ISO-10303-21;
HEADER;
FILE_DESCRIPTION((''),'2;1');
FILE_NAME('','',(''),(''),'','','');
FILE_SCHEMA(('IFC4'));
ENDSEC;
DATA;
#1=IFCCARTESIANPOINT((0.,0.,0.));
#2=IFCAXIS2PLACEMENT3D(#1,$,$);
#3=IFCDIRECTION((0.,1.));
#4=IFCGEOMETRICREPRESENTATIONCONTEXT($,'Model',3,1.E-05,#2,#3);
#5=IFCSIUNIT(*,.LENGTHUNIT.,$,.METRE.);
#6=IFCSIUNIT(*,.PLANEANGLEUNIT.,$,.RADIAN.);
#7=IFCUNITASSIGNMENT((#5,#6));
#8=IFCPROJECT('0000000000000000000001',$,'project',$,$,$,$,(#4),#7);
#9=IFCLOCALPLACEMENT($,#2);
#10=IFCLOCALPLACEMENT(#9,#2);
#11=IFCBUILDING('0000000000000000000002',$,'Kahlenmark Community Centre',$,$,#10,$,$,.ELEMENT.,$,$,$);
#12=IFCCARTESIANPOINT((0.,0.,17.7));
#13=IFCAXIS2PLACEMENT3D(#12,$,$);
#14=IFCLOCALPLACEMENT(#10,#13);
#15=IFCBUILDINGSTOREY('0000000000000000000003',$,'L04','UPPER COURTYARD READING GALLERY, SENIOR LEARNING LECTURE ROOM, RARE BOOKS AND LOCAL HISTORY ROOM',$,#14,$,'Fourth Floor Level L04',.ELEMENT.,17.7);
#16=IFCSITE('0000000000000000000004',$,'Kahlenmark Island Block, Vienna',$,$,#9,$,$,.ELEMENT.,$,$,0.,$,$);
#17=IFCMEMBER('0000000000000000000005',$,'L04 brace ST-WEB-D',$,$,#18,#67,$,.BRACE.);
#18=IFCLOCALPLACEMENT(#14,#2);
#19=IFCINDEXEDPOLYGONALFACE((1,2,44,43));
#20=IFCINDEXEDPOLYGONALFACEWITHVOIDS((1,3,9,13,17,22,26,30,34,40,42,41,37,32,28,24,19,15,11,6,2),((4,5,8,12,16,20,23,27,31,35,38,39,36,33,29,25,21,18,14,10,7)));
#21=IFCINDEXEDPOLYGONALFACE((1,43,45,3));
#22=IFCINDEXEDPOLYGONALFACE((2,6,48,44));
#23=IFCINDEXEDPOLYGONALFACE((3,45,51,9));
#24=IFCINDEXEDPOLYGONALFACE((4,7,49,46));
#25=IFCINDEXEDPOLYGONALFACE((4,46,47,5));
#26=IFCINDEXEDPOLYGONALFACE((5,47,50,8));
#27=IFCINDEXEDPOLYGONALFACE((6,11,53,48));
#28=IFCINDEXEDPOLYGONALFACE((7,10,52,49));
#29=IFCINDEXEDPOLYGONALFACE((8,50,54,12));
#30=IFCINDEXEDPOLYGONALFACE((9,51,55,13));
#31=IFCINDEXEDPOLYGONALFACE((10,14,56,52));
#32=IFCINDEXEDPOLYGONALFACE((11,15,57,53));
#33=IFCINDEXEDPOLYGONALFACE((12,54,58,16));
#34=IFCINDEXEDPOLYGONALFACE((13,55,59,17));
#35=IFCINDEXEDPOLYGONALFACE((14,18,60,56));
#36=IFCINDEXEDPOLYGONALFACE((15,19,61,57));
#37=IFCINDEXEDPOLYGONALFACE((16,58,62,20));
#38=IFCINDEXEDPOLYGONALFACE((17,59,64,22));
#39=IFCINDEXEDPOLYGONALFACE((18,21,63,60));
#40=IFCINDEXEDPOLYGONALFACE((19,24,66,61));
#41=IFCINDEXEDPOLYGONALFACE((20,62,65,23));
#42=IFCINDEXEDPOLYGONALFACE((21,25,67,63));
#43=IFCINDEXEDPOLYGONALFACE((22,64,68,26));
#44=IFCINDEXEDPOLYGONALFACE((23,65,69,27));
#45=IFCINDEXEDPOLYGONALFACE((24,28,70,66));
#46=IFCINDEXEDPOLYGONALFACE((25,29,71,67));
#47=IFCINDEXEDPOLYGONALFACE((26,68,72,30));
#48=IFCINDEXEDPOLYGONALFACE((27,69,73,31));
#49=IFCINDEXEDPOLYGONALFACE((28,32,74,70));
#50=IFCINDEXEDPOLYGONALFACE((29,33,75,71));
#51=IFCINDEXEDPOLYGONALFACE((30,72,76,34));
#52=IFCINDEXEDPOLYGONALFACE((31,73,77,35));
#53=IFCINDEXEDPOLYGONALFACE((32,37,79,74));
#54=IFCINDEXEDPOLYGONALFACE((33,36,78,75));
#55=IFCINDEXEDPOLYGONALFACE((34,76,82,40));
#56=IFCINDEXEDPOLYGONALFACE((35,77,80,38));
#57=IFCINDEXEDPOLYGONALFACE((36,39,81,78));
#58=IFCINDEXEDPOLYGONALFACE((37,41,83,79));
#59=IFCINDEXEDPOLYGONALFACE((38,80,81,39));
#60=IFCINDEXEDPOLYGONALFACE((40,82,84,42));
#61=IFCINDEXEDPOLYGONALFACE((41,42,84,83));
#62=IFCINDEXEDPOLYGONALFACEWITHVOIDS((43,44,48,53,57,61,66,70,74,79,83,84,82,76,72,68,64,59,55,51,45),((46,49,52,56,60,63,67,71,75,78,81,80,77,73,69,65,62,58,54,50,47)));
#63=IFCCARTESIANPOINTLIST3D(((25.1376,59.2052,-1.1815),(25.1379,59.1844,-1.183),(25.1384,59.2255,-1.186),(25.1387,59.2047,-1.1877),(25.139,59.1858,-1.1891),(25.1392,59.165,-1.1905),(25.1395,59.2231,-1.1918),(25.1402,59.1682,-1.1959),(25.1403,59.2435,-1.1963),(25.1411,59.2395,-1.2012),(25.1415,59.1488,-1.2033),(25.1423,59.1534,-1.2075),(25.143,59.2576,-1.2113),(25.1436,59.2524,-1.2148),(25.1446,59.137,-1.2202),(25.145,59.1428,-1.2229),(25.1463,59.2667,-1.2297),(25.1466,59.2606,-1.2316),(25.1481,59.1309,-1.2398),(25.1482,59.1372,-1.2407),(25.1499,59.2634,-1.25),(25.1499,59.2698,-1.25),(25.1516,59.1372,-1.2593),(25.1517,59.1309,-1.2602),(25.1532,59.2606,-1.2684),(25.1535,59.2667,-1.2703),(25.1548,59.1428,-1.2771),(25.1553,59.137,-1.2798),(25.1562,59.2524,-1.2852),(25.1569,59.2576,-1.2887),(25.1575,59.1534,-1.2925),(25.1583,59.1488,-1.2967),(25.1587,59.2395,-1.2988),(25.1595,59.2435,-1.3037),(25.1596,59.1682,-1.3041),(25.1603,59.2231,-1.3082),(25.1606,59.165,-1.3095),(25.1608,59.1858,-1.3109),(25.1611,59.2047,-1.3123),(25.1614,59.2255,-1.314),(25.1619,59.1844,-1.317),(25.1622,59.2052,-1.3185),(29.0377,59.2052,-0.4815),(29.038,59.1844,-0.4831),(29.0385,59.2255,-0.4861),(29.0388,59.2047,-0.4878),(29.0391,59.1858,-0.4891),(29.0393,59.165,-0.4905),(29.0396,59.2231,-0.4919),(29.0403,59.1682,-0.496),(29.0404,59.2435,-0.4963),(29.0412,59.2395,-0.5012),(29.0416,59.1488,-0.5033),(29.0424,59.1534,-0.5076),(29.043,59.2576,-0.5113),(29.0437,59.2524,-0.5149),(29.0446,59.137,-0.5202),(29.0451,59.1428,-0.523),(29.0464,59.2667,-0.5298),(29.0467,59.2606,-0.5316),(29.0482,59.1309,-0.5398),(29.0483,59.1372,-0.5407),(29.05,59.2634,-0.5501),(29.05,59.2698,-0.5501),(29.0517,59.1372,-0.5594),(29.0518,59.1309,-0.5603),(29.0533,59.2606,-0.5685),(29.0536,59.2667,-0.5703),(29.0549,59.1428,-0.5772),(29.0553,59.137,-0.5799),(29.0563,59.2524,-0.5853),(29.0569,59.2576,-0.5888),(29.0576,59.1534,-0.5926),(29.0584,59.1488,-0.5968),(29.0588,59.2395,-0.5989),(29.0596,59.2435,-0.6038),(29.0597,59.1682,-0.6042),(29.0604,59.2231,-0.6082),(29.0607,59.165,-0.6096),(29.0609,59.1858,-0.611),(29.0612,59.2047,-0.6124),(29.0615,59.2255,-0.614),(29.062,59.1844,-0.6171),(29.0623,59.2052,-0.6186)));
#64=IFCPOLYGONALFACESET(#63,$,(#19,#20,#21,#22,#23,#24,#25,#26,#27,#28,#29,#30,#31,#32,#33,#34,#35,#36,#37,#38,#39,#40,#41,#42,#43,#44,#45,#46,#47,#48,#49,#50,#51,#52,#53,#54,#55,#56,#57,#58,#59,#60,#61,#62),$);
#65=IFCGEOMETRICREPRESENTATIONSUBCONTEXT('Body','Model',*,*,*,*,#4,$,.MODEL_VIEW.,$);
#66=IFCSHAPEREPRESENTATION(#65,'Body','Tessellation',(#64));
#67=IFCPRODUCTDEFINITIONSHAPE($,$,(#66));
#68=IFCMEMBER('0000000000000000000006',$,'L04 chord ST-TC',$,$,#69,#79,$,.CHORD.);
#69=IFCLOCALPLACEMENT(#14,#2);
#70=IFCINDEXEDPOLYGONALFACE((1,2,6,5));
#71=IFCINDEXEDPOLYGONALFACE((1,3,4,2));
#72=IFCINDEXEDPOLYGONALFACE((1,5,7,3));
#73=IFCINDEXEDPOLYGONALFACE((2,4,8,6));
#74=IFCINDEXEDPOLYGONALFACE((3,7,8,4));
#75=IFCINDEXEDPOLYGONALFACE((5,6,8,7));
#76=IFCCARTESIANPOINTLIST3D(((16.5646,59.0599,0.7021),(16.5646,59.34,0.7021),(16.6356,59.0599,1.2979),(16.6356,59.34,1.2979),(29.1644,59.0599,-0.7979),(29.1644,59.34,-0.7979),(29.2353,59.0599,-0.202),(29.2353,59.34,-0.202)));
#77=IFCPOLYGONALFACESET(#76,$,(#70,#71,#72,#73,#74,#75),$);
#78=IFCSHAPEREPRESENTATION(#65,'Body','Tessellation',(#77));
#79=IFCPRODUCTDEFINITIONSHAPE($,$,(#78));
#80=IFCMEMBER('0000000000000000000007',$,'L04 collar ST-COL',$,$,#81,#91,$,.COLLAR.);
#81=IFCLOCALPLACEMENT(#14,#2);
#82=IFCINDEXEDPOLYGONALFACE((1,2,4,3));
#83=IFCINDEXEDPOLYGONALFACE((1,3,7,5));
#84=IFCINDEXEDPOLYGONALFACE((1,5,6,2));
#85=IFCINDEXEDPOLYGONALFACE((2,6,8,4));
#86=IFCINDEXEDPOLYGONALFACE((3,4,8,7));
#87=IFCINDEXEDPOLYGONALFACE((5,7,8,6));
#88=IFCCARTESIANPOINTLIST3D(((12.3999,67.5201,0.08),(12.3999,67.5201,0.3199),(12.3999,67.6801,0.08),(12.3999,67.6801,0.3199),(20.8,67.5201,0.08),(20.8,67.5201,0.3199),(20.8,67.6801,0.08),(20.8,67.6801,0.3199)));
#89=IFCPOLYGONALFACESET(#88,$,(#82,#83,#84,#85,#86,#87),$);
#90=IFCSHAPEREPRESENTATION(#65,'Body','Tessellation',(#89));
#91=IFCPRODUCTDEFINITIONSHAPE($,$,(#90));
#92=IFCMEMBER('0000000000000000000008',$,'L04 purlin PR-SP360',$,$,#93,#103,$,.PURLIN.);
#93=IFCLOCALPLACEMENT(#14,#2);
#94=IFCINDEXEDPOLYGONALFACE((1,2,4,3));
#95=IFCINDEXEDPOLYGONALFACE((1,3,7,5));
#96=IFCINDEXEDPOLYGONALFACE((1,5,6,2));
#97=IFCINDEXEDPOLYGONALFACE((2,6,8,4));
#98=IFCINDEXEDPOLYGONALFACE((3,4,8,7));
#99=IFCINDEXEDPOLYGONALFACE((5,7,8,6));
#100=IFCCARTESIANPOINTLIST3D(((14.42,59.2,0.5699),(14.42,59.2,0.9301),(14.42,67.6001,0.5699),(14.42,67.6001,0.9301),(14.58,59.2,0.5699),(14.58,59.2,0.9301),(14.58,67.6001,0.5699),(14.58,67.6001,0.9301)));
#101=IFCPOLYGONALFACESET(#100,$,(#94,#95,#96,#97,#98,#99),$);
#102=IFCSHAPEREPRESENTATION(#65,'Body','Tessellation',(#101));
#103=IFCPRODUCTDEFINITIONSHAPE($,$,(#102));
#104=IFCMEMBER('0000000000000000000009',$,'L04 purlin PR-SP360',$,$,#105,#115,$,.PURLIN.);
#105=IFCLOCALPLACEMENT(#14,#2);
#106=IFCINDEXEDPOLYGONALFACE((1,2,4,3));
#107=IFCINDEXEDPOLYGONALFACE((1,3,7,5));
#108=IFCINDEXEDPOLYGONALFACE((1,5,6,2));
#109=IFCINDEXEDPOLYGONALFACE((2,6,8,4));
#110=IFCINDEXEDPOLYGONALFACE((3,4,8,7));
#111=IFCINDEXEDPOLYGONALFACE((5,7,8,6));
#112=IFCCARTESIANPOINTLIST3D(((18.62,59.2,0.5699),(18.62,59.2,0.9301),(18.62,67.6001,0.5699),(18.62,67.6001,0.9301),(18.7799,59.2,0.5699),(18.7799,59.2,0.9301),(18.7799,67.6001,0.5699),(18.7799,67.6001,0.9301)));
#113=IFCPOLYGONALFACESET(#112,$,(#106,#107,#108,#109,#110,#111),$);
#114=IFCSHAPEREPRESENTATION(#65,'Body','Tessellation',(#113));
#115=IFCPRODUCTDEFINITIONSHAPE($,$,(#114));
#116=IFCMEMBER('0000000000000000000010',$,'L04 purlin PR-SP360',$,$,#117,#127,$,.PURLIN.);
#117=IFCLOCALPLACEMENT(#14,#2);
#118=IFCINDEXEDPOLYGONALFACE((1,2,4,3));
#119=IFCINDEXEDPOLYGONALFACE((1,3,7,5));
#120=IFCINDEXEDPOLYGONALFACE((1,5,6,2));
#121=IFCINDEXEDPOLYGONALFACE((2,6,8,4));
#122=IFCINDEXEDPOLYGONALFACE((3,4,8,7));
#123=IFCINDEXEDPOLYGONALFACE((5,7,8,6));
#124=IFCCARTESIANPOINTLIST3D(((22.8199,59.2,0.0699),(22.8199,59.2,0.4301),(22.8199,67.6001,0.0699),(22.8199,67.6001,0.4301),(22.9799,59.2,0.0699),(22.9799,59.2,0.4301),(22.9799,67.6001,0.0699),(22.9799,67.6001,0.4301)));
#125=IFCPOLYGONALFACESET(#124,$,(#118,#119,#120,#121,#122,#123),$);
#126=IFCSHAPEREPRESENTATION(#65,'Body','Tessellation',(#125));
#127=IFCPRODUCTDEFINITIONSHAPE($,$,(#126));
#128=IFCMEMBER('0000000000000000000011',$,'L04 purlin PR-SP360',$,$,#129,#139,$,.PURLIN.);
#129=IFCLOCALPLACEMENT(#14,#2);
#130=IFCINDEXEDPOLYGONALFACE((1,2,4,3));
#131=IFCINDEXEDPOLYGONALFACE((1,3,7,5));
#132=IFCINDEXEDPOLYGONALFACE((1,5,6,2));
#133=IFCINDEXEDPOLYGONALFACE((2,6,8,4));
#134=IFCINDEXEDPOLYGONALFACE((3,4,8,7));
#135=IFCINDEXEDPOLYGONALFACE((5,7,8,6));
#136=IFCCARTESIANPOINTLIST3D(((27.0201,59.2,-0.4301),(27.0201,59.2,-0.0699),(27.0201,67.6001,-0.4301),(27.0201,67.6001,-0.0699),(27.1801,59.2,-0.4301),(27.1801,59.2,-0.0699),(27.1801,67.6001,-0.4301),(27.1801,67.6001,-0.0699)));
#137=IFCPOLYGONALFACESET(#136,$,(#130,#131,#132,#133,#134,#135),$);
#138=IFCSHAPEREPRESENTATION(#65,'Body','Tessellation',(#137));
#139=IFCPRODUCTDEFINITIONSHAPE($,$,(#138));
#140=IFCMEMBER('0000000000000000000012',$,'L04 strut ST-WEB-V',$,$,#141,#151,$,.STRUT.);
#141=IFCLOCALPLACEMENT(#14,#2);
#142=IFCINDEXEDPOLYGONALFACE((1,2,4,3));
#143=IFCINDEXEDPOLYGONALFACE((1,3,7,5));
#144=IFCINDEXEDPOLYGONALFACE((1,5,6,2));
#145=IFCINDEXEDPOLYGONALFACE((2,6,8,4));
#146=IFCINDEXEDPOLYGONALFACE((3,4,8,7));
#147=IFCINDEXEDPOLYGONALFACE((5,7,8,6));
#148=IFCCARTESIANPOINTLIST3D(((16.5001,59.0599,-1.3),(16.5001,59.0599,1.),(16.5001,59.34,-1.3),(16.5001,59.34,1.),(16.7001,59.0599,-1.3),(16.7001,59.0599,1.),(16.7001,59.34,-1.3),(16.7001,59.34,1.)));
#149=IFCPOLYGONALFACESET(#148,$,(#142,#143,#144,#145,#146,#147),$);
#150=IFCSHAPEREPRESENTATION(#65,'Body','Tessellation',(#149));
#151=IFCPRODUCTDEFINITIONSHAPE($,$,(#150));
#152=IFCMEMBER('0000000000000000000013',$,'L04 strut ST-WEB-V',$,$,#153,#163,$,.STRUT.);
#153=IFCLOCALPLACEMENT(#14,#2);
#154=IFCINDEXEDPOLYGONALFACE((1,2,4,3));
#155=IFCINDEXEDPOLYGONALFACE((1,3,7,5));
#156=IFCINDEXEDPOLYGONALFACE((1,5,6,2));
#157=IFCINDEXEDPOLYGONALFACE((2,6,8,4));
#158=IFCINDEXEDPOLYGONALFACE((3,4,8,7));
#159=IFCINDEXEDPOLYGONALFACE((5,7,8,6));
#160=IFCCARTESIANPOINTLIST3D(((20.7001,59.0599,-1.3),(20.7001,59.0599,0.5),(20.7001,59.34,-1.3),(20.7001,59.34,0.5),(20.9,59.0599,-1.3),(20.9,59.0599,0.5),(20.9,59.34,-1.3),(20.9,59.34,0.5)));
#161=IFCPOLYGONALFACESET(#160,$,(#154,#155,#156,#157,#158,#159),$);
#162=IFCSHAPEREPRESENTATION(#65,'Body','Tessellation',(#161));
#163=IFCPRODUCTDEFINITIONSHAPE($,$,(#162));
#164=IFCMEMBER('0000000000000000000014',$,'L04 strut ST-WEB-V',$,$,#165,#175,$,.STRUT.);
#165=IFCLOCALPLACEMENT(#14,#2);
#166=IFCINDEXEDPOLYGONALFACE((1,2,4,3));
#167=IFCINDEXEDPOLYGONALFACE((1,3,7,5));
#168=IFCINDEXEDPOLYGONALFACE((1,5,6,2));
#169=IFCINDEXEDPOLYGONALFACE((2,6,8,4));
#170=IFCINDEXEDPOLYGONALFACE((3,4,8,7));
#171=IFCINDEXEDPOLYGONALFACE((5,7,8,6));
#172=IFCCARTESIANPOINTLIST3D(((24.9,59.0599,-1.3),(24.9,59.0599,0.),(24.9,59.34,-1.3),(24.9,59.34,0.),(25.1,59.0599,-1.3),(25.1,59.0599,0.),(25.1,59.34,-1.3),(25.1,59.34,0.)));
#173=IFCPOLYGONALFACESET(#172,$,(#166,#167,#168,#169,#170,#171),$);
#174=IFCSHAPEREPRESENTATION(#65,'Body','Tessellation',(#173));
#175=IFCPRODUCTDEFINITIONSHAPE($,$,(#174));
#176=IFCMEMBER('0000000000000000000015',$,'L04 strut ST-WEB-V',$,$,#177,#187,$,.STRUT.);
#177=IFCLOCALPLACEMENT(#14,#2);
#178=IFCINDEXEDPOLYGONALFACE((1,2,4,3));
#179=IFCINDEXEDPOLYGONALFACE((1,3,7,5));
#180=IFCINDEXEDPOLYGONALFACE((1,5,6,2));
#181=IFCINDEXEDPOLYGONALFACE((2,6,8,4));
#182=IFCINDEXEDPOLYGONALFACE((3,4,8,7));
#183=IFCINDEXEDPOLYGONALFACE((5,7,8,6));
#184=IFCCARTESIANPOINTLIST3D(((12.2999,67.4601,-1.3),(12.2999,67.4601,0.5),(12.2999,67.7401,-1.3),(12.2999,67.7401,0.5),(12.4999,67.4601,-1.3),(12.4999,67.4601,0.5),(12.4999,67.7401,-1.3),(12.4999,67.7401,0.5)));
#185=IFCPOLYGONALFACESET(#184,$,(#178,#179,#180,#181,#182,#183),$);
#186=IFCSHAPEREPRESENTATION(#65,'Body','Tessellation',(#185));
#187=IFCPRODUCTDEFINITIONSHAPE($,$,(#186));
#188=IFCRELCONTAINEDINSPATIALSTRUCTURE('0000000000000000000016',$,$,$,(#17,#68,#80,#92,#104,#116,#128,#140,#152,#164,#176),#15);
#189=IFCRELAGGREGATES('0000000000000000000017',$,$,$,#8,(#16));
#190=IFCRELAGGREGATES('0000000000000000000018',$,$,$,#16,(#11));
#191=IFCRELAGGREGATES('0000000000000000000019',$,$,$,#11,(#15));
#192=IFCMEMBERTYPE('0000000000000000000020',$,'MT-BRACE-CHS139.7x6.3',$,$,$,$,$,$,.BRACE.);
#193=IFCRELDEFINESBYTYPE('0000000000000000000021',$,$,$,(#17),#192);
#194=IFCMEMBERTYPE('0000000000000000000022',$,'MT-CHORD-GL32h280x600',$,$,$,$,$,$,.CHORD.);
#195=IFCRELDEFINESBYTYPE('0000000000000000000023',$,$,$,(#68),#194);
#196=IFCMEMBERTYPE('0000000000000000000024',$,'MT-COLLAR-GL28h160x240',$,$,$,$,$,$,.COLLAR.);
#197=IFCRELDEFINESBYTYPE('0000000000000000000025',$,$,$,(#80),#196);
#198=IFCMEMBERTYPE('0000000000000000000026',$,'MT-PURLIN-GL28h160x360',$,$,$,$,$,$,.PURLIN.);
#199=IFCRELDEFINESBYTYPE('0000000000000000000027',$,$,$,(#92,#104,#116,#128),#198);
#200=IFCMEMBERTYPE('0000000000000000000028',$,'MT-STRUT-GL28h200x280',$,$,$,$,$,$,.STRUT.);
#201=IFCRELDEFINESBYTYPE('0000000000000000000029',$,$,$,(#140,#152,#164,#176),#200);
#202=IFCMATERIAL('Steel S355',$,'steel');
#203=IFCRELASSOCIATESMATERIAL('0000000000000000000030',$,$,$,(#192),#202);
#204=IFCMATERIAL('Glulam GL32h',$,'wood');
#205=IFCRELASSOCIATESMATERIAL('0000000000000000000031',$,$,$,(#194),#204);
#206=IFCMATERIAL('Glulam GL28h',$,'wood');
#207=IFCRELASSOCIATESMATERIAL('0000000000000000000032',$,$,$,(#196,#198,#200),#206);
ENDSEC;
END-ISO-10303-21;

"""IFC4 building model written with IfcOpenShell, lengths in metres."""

from ifc_helpers import new_model, si_unit, direction, frame, origin, origin_2d, place, context, subcontext, project, spatial, rectangle, hollow_circle, extrude, material, material_profile, profile_set, type_object, element, save


model = new_model("IFC4")

# Units and contexts
model_context = context("Model", 3, precision=1e-05, world=origin(), true_north=direction((0.0, 1.0)))
body_context = subcontext(model_context, "Body", "Model", "MODEL_VIEW")
ifc_project = project(units=[si_unit("LENGTHUNIT", "METRE"), si_unit("PLANEANGLEUNIT", "RADIAN")], contexts=[model_context])

# Site, building, storey
site_placement = place(None, origin())
site = spatial("IfcSite", under=ifc_project, at=site_placement, Name="Kahlenmark Island Block, Vienna", CompositionType="ELEMENT", RefElevation=0.0)
building_placement = place(site_placement, origin())
building = spatial("IfcBuilding", under=site, at=building_placement, Name="Kahlenmark Community Centre", CompositionType="ELEMENT")
storey_placement = place(building_placement, frame((0.0, 0.0, 17.7)))
storey = spatial("IfcBuildingStorey", under=building, at=storey_placement, Name="L04", Description="UPPER COURTYARD READING GALLERY, SENIOR LEARNING LECTURE ROOM, RARE BOOKS AND LOCAL HISTORY ROOM", LongName="Fourth Floor Level L04", CompositionType="ELEMENT", Elevation=17.7)

# Shared definitions
ifc_material_1 = material(Name="Glulam GL32h", Category="wood")

# Members
ifc_material_2 = material(Name="Steel S355", Category="steel")
ifc_material_profile_1 = material_profile(ifc_material_2, hollow_circle(Radius=0.0698, WallThickness=0.0063, at=origin_2d()), Name="CHS 139.7x6.3")
ifc_profile_set_1 = profile_set([ifc_material_profile_1], Name="Steel S355")
member_type_1 = type_object("IfcMemberType", Name="MT-BRACE-CHS139.7x6.3", PredefinedType="BRACE", material=ifc_profile_set_1)
member_1_placement = place(storey_placement, frame((25.1499, 59.2, -1.25), z_axis=(0.984275, 0.0, 0.176646), x_axis=(0.0, 1.0, 0.0)))
element("IfcMember", 1, at=member_1_placement, inside=storey, type_object=member_type_1, Name="L04 brace ST-WEB-D", PredefinedType="BRACE", context=body_context, shape_type="SweptSolid", body=[
    extrude(hollow_circle(Radius=0.0698, WallThickness=0.0063, at=origin_2d()), origin(), (0.0, 0.0, 1.0), 3.9624),
])
ifc_material_profile_2 = material_profile(ifc_material_1, rectangle(XDim=0.28, YDim=0.6001, at=origin_2d()), Name="GL32h 280x600")
ifc_profile_set_2 = profile_set([ifc_material_profile_2], Name="Glulam GL32h")
member_type_2 = type_object("IfcMemberType", Name="MT-CHORD-GL32h280x600", PredefinedType="CHORD", material=ifc_profile_set_2)
member_2_placement = place(storey_placement, frame((16.6001, 59.2, 1.0), z_axis=(0.992988, 0.0, -0.118214), x_axis=(0.0, 1.0, 0.0)))
element("IfcMember", 2, at=member_2_placement, inside=storey, type_object=member_type_2, Name="L04 chord ST-TC", PredefinedType="CHORD", context=body_context, shape_type="SweptSolid", body=[
    extrude(rectangle(XDim=0.28, YDim=0.6001, at=origin_2d()), origin(), (0.0, 0.0, 1.0), 12.6887),
])
ifc_material_3 = material(Name="Glulam GL28h", Category="wood")
ifc_material_profile_3 = material_profile(ifc_material_3, rectangle(XDim=0.1599, YDim=0.24, at=origin_2d()), Name="GL28h 160x240")
ifc_profile_set_3 = profile_set([ifc_material_profile_3], Name="Glulam GL28h")
member_type_3 = type_object("IfcMemberType", Name="MT-COLLAR-GL28h160x240", PredefinedType="COLLAR", material=ifc_profile_set_3)
member_3_placement = place(storey_placement, frame((12.3999, 67.6001, 0.2), z_axis=(1.0, 0.0, 0.0), x_axis=(0.0, 1.0, 0.0)))
element("IfcMember", 3, at=member_3_placement, inside=storey, type_object=member_type_3, Name="L04 collar ST-COL", PredefinedType="COLLAR", context=body_context, shape_type="SweptSolid", body=[
    extrude(rectangle(XDim=0.1599, YDim=0.24, at=origin_2d()), origin(), (0.0, 0.0, 1.0), 8.4001),
])
ifc_material_profile_4 = material_profile(ifc_material_3, rectangle(XDim=0.1599, YDim=0.3601, at=origin_2d()), Name="GL28h 160x360")
ifc_profile_set_4 = profile_set([ifc_material_profile_4], Name="Glulam GL28h")
member_type_4 = type_object("IfcMemberType", Name="MT-PURLIN-GL28h160x360", PredefinedType="PURLIN", material=ifc_profile_set_4)
for number, where, z_axis, x_axis, name in (
    (4, (14.5, 59.2, 0.75), (0.0, 1.0, 0.0), (-1.0, 0.0, 0.0), "L04 purlin PR-SP360"),
    (5, (18.7, 59.2, 0.75), (0.0, 1.0, 0.0), (-1.0, 0.0, 0.0), "L04 purlin PR-SP360"),
    (6, (22.8999, 59.2, 0.25), (0.0, 1.0, 0.0), (-1.0, 0.0, 0.0), "L04 purlin PR-SP360"),
    (7, (27.1001, 59.2, -0.25), (0.0, 1.0, 0.0), (-1.0, 0.0, 0.0), "L04 purlin PR-SP360"),
):
    element("IfcMember", number, at=place(storey_placement, frame(where, z_axis=z_axis, x_axis=x_axis)), inside=storey, type_object=member_type_4, Name=name, PredefinedType="PURLIN", context=body_context, shape_type="SweptSolid", body=[
        extrude(rectangle(XDim=0.1599, YDim=0.3601, at=origin_2d()), origin(), (0.0, 0.0, 1.0), 8.4001),
    ])
ifc_material_profile_5 = material_profile(ifc_material_3, rectangle(XDim=0.2, YDim=0.28, at=origin_2d()), Name="GL28h 200x280")
ifc_profile_set_5 = profile_set([ifc_material_profile_5], Name="Glulam GL28h")
member_type_5 = type_object("IfcMemberType", Name="MT-STRUT-GL28h200x280", PredefinedType="STRUT", material=ifc_profile_set_5)
member_4_placement = place(storey_placement, frame((16.6001, 59.2, -1.3), z_axis=(0.0, 0.0, 1.0), x_axis=(1.0, 0.0, 0.0)))
element("IfcMember", 8, at=member_4_placement, inside=storey, type_object=member_type_5, Name="L04 strut ST-WEB-V", PredefinedType="STRUT", context=body_context, shape_type="SweptSolid", body=[
    extrude(rectangle(XDim=0.2, YDim=0.28, at=origin_2d()), origin(), (0.0, 0.0, 1.0), 2.3),
])
member_5_placement = place(storey_placement, frame((20.8, 59.2, -1.3), z_axis=(0.0, 0.0, 1.0), x_axis=(1.0, 0.0, 0.0)))
element("IfcMember", 9, at=member_5_placement, inside=storey, type_object=member_type_5, Name="L04 strut ST-WEB-V", PredefinedType="STRUT", context=body_context, shape_type="SweptSolid", body=[
    extrude(rectangle(XDim=0.2, YDim=0.28, at=origin_2d()), origin(), (0.0, 0.0, 1.0), 1.8),
])
member_6_placement = place(storey_placement, frame((25.0, 59.2, -1.3), z_axis=(0.0, 0.0, 1.0), x_axis=(1.0, 0.0, 0.0)))
element("IfcMember", 10, at=member_6_placement, inside=storey, type_object=member_type_5, Name="L04 strut ST-WEB-V", PredefinedType="STRUT", context=body_context, shape_type="SweptSolid", body=[
    extrude(rectangle(XDim=0.2, YDim=0.28, at=origin_2d()), origin(), (0.0, 0.0, 1.0), 1.3),
])
member_7_placement = place(storey_placement, frame((12.3999, 67.6001, -1.3), z_axis=(0.0, 0.0, 1.0), x_axis=(1.0, 0.0, 0.0)))
element("IfcMember", 11, at=member_7_placement, inside=storey, type_object=member_type_5, Name="L04 strut ST-WEB-V", PredefinedType="STRUT", context=body_context, shape_type="SweptSolid", body=[
    extrude(rectangle(XDim=0.2, YDim=0.28, at=origin_2d()), origin(), (0.0, 0.0, 1.0), 1.8),
])

save(model, "model.ifc")
